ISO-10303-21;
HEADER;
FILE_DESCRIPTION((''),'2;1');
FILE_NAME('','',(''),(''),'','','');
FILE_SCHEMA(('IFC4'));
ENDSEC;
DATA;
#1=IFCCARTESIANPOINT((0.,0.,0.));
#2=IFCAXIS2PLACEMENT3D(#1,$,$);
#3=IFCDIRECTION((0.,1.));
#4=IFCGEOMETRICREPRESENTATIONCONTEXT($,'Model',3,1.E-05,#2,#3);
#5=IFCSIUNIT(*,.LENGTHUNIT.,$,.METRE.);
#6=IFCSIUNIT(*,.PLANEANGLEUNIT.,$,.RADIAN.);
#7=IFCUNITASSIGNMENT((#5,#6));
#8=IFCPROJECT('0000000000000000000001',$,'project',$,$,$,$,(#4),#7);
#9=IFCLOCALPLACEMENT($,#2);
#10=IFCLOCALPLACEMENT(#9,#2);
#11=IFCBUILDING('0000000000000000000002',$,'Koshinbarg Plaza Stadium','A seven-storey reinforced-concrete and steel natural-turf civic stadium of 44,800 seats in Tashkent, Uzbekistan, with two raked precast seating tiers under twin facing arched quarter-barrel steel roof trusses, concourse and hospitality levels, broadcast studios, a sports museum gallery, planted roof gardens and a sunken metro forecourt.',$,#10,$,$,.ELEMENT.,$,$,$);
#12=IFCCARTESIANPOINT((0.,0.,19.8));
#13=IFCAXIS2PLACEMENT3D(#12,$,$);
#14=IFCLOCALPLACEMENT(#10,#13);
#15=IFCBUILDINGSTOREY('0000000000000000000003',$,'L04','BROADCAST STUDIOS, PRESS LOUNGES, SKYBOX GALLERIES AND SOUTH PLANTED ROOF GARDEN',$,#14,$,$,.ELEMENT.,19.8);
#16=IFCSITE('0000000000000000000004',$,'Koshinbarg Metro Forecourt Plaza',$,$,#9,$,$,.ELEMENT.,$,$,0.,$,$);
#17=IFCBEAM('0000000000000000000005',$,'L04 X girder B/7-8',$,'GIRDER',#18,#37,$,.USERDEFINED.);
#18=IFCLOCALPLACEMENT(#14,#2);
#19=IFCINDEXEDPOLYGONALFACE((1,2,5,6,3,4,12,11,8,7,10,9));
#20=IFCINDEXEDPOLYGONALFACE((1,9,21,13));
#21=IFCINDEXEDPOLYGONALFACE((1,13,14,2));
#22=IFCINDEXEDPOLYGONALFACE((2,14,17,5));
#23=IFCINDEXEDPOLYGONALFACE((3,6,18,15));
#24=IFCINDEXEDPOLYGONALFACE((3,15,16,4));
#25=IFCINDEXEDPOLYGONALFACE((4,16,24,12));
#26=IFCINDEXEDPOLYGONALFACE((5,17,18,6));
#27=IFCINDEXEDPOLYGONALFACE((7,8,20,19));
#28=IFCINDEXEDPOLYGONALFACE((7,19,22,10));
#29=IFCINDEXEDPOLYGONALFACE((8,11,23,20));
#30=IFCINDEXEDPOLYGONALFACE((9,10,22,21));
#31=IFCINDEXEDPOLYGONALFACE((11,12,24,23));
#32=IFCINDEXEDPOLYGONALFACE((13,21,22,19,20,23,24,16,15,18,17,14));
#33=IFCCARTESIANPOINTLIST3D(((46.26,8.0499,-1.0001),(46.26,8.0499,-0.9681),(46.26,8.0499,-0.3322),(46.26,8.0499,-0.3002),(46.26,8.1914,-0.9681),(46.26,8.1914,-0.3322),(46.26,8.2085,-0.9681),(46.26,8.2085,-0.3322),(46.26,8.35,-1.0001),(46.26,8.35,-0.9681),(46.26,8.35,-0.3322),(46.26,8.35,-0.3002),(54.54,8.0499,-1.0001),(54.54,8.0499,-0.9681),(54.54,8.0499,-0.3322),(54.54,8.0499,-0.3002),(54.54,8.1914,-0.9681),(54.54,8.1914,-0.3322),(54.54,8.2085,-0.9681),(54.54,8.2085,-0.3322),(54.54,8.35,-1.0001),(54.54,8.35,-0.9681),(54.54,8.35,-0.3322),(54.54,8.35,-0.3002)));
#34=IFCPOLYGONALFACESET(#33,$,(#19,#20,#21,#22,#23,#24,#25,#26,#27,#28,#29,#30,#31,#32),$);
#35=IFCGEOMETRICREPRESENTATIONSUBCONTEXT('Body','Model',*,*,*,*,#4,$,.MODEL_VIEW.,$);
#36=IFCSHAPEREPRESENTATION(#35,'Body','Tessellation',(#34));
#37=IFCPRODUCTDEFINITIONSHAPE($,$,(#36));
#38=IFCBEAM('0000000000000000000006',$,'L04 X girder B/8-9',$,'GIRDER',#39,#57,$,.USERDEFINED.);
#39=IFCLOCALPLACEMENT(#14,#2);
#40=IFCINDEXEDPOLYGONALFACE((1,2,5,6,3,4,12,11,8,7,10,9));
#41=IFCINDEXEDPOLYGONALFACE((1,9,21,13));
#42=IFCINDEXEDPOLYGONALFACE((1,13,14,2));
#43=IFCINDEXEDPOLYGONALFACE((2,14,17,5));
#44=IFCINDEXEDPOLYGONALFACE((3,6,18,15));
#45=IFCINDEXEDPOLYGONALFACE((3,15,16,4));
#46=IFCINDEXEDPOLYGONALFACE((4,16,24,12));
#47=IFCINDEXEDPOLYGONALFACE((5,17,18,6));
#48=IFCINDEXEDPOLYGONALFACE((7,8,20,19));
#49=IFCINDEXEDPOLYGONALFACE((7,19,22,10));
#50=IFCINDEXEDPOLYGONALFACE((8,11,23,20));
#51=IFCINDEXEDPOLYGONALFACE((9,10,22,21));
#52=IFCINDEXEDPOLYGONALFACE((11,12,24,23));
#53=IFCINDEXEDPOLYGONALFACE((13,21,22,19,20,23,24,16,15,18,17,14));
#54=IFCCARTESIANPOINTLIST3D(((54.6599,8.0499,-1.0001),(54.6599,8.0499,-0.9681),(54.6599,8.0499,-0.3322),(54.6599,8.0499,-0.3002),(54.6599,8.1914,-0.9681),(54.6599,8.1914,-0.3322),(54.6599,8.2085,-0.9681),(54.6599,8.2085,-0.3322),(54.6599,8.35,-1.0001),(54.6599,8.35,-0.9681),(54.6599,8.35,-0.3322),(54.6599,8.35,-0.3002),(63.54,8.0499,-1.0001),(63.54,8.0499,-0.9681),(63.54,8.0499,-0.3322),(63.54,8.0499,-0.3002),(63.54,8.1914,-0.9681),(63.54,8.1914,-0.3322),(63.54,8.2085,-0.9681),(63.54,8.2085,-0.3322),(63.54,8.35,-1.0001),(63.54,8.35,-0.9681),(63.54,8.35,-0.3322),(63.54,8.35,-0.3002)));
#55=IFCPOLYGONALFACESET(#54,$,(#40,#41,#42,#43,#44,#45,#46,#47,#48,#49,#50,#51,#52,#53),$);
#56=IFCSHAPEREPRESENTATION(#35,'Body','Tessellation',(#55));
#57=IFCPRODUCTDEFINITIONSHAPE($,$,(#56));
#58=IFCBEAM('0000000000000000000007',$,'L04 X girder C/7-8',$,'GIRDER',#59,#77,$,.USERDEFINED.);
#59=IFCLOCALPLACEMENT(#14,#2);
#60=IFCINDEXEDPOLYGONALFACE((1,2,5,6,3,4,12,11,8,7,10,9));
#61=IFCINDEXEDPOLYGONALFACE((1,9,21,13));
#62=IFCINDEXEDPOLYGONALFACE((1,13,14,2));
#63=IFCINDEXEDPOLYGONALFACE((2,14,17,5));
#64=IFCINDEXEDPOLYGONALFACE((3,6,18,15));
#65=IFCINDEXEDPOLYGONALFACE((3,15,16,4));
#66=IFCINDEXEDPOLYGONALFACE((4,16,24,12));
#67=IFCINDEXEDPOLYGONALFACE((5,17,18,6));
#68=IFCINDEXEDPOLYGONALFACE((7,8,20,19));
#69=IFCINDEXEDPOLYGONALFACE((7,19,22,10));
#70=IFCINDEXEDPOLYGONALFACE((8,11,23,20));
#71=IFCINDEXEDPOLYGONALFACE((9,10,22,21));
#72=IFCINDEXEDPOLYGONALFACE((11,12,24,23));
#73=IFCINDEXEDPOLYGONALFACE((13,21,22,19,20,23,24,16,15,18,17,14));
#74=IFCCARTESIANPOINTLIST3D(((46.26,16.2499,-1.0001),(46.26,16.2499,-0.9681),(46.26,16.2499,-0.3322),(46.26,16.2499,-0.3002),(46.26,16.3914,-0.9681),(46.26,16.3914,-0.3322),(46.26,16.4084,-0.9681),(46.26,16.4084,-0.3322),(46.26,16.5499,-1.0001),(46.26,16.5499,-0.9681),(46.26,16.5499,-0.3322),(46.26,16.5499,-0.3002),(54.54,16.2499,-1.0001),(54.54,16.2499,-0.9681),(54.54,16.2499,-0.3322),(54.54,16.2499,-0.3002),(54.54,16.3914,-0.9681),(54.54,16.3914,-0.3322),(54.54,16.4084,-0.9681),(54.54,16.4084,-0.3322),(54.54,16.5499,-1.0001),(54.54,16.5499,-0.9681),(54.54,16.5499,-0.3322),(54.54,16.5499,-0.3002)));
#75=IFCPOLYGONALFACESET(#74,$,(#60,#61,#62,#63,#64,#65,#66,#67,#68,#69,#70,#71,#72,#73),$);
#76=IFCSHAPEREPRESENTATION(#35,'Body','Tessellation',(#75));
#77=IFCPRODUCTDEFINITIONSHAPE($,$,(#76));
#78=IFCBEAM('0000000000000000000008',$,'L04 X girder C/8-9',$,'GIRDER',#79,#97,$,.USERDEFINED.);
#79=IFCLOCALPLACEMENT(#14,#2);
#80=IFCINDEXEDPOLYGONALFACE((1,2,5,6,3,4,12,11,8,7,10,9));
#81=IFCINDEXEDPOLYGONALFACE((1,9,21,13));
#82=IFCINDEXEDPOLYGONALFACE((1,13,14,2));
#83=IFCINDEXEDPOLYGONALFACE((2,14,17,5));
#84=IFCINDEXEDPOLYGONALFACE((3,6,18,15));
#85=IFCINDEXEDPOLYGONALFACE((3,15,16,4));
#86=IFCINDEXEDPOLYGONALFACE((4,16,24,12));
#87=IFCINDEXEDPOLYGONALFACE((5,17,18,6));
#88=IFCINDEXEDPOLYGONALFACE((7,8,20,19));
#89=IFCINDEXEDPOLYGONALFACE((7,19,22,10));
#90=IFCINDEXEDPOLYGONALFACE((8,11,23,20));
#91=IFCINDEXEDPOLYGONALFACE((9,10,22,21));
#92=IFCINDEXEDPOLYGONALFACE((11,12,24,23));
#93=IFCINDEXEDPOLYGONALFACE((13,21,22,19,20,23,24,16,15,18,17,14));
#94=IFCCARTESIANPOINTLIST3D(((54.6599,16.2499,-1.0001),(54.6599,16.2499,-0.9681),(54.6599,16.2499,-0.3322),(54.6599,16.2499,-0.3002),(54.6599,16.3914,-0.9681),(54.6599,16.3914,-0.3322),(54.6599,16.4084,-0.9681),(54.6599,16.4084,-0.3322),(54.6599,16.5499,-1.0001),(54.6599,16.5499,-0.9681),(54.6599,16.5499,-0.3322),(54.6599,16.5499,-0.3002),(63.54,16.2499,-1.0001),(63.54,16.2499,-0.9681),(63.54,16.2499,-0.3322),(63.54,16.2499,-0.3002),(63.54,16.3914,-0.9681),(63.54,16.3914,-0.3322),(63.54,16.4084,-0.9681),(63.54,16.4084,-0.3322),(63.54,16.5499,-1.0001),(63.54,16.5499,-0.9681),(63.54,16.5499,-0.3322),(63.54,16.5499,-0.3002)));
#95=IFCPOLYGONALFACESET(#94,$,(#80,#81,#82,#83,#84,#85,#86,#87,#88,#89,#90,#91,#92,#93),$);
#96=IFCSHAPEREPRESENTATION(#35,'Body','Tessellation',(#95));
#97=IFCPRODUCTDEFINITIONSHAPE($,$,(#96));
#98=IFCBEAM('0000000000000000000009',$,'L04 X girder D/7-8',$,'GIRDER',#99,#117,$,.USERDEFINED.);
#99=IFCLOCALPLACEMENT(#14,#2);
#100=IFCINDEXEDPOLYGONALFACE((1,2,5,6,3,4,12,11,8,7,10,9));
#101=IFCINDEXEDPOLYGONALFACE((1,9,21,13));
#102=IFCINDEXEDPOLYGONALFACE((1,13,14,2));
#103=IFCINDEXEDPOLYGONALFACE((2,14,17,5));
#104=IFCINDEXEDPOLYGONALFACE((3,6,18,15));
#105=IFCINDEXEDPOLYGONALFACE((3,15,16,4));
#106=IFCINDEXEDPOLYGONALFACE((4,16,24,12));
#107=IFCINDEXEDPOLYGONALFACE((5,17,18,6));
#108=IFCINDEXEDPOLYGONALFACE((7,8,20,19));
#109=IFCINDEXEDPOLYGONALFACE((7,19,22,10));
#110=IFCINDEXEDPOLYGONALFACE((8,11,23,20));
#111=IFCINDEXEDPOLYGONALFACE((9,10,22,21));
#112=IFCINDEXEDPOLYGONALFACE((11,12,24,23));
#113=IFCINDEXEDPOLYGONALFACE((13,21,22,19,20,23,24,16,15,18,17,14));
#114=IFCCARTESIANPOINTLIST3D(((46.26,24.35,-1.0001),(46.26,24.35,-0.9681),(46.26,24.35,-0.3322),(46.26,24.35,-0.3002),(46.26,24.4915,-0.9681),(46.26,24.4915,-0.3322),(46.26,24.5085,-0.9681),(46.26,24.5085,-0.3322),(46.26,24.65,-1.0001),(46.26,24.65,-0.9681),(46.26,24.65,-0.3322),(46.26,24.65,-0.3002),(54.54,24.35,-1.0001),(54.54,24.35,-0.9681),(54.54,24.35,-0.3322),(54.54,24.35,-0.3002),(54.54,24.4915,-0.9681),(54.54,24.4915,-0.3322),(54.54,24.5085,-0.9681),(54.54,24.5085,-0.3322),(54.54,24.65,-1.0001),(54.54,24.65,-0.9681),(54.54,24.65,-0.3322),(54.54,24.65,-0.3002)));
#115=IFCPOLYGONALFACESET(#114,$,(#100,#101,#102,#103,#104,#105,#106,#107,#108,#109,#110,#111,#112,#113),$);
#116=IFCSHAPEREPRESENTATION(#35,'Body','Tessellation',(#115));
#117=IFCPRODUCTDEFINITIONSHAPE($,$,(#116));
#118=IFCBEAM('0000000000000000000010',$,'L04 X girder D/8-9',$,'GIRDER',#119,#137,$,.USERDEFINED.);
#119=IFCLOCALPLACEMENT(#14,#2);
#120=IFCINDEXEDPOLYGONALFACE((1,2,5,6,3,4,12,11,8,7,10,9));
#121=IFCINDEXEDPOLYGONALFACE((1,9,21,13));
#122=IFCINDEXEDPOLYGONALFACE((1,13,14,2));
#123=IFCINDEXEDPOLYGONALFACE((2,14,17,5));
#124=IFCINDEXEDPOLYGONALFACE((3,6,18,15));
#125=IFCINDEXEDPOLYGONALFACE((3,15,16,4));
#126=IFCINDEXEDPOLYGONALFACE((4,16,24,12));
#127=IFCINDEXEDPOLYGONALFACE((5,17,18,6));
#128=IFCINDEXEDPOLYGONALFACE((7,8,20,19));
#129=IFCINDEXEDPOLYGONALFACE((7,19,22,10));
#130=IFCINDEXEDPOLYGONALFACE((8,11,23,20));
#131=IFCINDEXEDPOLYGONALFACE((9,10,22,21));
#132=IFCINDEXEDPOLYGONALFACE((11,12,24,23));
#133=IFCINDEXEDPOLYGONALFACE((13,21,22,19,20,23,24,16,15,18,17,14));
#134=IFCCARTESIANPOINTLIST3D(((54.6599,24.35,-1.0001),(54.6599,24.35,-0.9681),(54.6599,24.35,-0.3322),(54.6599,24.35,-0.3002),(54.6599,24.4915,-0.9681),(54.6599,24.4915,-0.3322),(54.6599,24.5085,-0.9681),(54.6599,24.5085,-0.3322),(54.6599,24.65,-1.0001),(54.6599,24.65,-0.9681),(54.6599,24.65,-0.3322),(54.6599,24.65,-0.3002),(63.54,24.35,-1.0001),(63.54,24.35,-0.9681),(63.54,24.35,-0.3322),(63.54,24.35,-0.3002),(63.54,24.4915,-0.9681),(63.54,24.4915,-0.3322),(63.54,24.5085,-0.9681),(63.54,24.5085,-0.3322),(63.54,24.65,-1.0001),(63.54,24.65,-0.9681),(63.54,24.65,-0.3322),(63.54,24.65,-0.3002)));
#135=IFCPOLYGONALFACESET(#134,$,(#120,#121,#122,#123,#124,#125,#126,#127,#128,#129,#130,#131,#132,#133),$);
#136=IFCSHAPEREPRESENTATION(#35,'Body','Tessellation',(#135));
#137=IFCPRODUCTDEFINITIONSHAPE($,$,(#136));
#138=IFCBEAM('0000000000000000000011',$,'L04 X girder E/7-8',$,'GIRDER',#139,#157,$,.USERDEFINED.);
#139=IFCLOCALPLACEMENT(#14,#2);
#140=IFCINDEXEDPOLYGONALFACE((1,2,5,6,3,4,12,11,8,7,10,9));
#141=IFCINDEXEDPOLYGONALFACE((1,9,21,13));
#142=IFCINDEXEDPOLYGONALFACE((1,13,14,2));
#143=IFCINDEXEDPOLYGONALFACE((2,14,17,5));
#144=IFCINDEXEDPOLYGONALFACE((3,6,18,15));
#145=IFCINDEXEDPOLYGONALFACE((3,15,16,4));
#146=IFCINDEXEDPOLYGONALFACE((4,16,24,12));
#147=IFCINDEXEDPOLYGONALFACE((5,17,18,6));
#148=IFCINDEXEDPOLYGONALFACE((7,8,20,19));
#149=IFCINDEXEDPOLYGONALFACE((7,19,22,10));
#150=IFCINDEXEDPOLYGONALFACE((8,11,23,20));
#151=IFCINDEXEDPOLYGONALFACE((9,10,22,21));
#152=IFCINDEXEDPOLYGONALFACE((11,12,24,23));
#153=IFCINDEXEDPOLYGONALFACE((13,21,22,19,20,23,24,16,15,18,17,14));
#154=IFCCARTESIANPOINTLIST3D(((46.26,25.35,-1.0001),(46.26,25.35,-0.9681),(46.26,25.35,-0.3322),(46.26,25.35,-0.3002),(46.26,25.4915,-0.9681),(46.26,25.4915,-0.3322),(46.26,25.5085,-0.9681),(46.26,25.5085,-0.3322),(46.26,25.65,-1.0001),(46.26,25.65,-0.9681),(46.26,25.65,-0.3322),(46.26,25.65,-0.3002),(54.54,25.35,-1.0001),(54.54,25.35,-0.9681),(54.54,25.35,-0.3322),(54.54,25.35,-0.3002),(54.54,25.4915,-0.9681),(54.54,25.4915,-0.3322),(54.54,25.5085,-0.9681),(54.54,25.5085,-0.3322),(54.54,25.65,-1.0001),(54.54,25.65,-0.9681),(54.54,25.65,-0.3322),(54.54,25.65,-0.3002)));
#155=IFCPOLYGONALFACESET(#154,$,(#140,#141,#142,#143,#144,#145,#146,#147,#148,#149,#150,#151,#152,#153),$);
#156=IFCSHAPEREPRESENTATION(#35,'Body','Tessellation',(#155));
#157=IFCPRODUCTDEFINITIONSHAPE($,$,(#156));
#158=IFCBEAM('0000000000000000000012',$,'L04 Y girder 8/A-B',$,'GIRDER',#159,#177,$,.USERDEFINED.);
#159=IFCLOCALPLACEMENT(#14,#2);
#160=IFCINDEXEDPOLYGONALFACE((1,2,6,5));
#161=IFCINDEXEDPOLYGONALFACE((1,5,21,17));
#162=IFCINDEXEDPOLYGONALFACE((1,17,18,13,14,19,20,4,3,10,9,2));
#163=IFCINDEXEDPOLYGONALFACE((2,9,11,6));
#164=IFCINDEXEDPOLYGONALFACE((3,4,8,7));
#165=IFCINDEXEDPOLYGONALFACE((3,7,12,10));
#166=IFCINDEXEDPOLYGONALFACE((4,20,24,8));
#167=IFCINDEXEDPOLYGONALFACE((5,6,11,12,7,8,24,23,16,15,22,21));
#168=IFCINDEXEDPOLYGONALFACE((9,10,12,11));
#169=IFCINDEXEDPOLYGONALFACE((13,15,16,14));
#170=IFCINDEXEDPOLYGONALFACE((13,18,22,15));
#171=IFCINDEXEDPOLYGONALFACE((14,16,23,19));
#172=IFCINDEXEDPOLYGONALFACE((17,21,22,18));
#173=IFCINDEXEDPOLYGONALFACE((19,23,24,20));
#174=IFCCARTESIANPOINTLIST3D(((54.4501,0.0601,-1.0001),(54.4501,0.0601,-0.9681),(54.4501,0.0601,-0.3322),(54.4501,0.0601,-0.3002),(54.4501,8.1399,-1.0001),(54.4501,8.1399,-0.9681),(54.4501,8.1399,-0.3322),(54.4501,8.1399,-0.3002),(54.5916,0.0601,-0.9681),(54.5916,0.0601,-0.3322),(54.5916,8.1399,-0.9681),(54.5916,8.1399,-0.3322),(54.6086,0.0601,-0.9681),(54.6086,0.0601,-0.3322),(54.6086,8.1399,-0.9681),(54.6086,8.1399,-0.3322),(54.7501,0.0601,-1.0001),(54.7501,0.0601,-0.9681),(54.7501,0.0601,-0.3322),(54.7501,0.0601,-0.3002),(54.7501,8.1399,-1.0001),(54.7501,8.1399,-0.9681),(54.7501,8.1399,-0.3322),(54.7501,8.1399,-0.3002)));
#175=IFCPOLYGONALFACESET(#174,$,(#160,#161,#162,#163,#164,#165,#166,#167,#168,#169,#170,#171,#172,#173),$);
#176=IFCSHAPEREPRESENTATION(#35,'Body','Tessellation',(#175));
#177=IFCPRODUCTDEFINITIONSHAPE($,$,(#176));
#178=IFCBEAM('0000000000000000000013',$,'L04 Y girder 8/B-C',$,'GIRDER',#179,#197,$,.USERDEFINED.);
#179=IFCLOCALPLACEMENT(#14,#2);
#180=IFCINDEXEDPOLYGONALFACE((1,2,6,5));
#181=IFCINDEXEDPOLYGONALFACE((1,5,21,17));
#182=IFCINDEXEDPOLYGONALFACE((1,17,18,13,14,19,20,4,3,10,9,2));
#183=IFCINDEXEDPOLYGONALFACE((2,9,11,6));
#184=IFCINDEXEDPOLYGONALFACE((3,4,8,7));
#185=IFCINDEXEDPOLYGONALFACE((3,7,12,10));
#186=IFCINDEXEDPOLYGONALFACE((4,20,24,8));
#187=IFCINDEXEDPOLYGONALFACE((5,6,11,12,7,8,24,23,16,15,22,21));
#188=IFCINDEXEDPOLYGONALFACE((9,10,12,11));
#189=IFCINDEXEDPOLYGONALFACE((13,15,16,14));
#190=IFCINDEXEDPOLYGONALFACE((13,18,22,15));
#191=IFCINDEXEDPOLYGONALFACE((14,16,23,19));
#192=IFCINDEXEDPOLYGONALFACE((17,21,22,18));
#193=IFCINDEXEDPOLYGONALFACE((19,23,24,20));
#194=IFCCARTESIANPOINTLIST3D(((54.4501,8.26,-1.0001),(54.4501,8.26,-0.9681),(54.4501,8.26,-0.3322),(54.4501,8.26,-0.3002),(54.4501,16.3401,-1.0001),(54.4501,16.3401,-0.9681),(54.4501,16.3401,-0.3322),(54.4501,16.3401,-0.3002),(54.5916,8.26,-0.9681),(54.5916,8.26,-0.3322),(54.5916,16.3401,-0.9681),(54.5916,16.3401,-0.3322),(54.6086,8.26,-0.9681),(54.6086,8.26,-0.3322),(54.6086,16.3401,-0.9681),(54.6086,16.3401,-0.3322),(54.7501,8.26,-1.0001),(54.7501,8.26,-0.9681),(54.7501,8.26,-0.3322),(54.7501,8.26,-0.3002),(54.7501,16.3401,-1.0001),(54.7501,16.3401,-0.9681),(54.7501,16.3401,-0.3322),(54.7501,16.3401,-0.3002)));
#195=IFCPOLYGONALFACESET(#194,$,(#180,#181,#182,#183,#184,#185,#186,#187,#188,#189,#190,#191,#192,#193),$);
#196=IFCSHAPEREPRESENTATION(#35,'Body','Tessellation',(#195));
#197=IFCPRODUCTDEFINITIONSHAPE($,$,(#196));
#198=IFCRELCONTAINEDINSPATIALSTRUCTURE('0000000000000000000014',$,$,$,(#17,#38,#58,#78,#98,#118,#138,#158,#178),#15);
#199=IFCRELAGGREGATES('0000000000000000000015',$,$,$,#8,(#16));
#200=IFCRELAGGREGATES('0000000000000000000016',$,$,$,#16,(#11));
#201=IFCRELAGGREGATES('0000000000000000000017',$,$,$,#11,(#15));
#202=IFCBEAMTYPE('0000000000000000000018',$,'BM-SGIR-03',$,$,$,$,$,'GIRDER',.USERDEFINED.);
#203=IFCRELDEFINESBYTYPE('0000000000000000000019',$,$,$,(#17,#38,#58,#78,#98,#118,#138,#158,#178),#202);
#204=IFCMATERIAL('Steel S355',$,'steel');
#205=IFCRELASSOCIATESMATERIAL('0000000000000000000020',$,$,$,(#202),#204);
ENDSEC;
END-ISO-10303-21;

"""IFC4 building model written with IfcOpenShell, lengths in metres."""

from ifc_helpers import new_model, si_unit, direction, frame, origin, origin_2d, place, context, subcontext, project, spatial, i_section, extrude, material, material_profile, profile_set, type_object, element, save


model = new_model("IFC4")

# Units and contexts
model_context = context("Model", 3, precision=1e-05, world=origin(), true_north=direction((0.0, 1.0)))
body_context = subcontext(model_context, "Body", "Model", "MODEL_VIEW")
ifc_project = project(units=[si_unit("LENGTHUNIT", "METRE"), si_unit("PLANEANGLEUNIT", "RADIAN")], contexts=[model_context])

# Site, building, storey
site_placement = place(None, origin())
site = spatial("IfcSite", under=ifc_project, at=site_placement, Name="Koshinbarg Metro Forecourt Plaza", CompositionType="ELEMENT", RefElevation=0.0)
building_placement = place(site_placement, origin())
building = spatial("IfcBuilding", under=site, at=building_placement, Name="Koshinbarg Plaza Stadium", Description="A seven-storey reinforced-concrete and steel natural-turf civic stadium of 44,800 seats in Tashkent, Uzbekistan, with two raked precast seating tiers under twin facing arched quarter-barrel steel roof trusses, concourse and hospitality levels, broadcast studios, a sports museum gallery, planted roof gardens and a sunken metro forecourt.", CompositionType="ELEMENT")
storey_placement = place(building_placement, frame((0.0, 0.0, 19.8)))
storey = spatial("IfcBuildingStorey", under=building, at=storey_placement, Name="L04", Description="BROADCAST STUDIOS, PRESS LOUNGES, SKYBOX GALLERIES AND SOUTH PLANTED ROOF GARDEN", CompositionType="ELEMENT", Elevation=19.8)

# Shared definitions
ifc_material_1 = material(Name="Steel S355", Category="steel")

# Beams
ifc_material_profile_1 = material_profile(ifc_material_1, i_section(OverallWidth=0.3, OverallDepth=0.7, WebThickness=0.0171, FlangeThickness=0.032, at=origin_2d()), Name="HEB 700")
ifc_profile_set_1 = profile_set([ifc_material_profile_1], Name="Steel S355")
beam_type_1 = type_object("IfcBeamType", Name="BM-SGIR-03", ElementType="GIRDER", PredefinedType="USERDEFINED", material=ifc_profile_set_1)
beam_1_placement = place(storey_placement, frame((46.26, 8.2, -0.6501), z_axis=(1.0, 0.0, 0.0), x_axis=(0.0, 1.0, 0.0)))
element("IfcBeam", 1, at=beam_1_placement, inside=storey, type_object=beam_type_1, Name="L04 X girder B/7-8", ObjectType="GIRDER", PredefinedType="USERDEFINED", context=body_context, shape_type="SweptSolid", body=[
    extrude(i_section(OverallWidth=0.3, OverallDepth=0.7, WebThickness=0.0171, FlangeThickness=0.032, at=origin_2d()), origin(), (0.0, 0.0, 1.0), 8.28),
])
beam_2_placement = place(storey_placement, frame((54.6599, 8.2, -0.6501), z_axis=(1.0, 0.0, 0.0), x_axis=(0.0, 1.0, 0.0)))
element("IfcBeam", 2, at=beam_2_placement, inside=storey, type_object=beam_type_1, Name="L04 X girder B/8-9", ObjectType="GIRDER", PredefinedType="USERDEFINED", context=body_context, shape_type="SweptSolid", body=[
    extrude(i_section(OverallWidth=0.3, OverallDepth=0.7, WebThickness=0.0171, FlangeThickness=0.032, at=origin_2d()), origin(), (0.0, 0.0, 1.0), 8.8801),
])
beam_3_placement = place(storey_placement, frame((46.26, 16.3999, -0.6501), z_axis=(1.0, 0.0, 0.0), x_axis=(0.0, 1.0, 0.0)))
element("IfcBeam", 3, at=beam_3_placement, inside=storey, type_object=beam_type_1, Name="L04 X girder C/7-8", ObjectType="GIRDER", PredefinedType="USERDEFINED", context=body_context, shape_type="SweptSolid", body=[
    extrude(i_section(OverallWidth=0.3, OverallDepth=0.7, WebThickness=0.0171, FlangeThickness=0.032, at=origin_2d()), origin(), (0.0, 0.0, 1.0), 8.28),
])
beam_4_placement = place(storey_placement, frame((54.6599, 16.3999, -0.6501), z_axis=(1.0, 0.0, 0.0), x_axis=(0.0, 1.0, 0.0)))
element("IfcBeam", 4, at=beam_4_placement, inside=storey, type_object=beam_type_1, Name="L04 X girder C/8-9", ObjectType="GIRDER", PredefinedType="USERDEFINED", context=body_context, shape_type="SweptSolid", body=[
    extrude(i_section(OverallWidth=0.3, OverallDepth=0.7, WebThickness=0.0171, FlangeThickness=0.032, at=origin_2d()), origin(), (0.0, 0.0, 1.0), 8.8801),
])
beam_5_placement = place(storey_placement, frame((46.26, 24.5, -0.6501), z_axis=(1.0, 0.0, 0.0), x_axis=(0.0, 1.0, 0.0)))
element("IfcBeam", 5, at=beam_5_placement, inside=storey, type_object=beam_type_1, Name="L04 X girder D/7-8", ObjectType="GIRDER", PredefinedType="USERDEFINED", context=body_context, shape_type="SweptSolid", body=[
    extrude(i_section(OverallWidth=0.3, OverallDepth=0.7, WebThickness=0.0171, FlangeThickness=0.032, at=origin_2d()), origin(), (0.0, 0.0, 1.0), 8.28),
])
beam_6_placement = place(storey_placement, frame((54.6599, 24.5, -0.6501), z_axis=(1.0, 0.0, 0.0), x_axis=(0.0, 1.0, 0.0)))
element("IfcBeam", 6, at=beam_6_placement, inside=storey, type_object=beam_type_1, Name="L04 X girder D/8-9", ObjectType="GIRDER", PredefinedType="USERDEFINED", context=body_context, shape_type="SweptSolid", body=[
    extrude(i_section(OverallWidth=0.3, OverallDepth=0.7, WebThickness=0.0171, FlangeThickness=0.032, at=origin_2d()), origin(), (0.0, 0.0, 1.0), 8.8801),
])
beam_7_placement = place(storey_placement, frame((46.26, 25.5, -0.6501), z_axis=(1.0, 0.0, 0.0), x_axis=(0.0, 1.0, 0.0)))
element("IfcBeam", 7, at=beam_7_placement, inside=storey, type_object=beam_type_1, Name="L04 X girder E/7-8", ObjectType="GIRDER", PredefinedType="USERDEFINED", context=body_context, shape_type="SweptSolid", body=[
    extrude(i_section(OverallWidth=0.3, OverallDepth=0.7, WebThickness=0.0171, FlangeThickness=0.032, at=origin_2d()), origin(), (0.0, 0.0, 1.0), 8.28),
])
beam_8_placement = place(storey_placement, frame((54.6001, 0.0601, -0.6501), z_axis=(0.0, 1.0, 0.0), x_axis=(-1.0, 0.0, 0.0)))
element("IfcBeam", 8, at=beam_8_placement, inside=storey, type_object=beam_type_1, Name="L04 Y girder 8/A-B", ObjectType="GIRDER", PredefinedType="USERDEFINED", context=body_context, shape_type="SweptSolid", body=[
    extrude(i_section(OverallWidth=0.3, OverallDepth=0.7, WebThickness=0.0171, FlangeThickness=0.032, at=origin_2d()), origin(), (0.0, 0.0, 1.0), 8.0798),
])
beam_9_placement = place(storey_placement, frame((54.6001, 8.26, -0.6501), z_axis=(0.0, 1.0, 0.0), x_axis=(-1.0, 0.0, 0.0)))
element("IfcBeam", 9, at=beam_9_placement, inside=storey, type_object=beam_type_1, Name="L04 Y girder 8/B-C", ObjectType="GIRDER", PredefinedType="USERDEFINED", context=body_context, shape_type="SweptSolid", body=[
    extrude(i_section(OverallWidth=0.3, OverallDepth=0.7, WebThickness=0.0171, FlangeThickness=0.032, at=origin_2d()), origin(), (0.0, 0.0, 1.0), 8.0801),
])

save(model, "model.ifc")
